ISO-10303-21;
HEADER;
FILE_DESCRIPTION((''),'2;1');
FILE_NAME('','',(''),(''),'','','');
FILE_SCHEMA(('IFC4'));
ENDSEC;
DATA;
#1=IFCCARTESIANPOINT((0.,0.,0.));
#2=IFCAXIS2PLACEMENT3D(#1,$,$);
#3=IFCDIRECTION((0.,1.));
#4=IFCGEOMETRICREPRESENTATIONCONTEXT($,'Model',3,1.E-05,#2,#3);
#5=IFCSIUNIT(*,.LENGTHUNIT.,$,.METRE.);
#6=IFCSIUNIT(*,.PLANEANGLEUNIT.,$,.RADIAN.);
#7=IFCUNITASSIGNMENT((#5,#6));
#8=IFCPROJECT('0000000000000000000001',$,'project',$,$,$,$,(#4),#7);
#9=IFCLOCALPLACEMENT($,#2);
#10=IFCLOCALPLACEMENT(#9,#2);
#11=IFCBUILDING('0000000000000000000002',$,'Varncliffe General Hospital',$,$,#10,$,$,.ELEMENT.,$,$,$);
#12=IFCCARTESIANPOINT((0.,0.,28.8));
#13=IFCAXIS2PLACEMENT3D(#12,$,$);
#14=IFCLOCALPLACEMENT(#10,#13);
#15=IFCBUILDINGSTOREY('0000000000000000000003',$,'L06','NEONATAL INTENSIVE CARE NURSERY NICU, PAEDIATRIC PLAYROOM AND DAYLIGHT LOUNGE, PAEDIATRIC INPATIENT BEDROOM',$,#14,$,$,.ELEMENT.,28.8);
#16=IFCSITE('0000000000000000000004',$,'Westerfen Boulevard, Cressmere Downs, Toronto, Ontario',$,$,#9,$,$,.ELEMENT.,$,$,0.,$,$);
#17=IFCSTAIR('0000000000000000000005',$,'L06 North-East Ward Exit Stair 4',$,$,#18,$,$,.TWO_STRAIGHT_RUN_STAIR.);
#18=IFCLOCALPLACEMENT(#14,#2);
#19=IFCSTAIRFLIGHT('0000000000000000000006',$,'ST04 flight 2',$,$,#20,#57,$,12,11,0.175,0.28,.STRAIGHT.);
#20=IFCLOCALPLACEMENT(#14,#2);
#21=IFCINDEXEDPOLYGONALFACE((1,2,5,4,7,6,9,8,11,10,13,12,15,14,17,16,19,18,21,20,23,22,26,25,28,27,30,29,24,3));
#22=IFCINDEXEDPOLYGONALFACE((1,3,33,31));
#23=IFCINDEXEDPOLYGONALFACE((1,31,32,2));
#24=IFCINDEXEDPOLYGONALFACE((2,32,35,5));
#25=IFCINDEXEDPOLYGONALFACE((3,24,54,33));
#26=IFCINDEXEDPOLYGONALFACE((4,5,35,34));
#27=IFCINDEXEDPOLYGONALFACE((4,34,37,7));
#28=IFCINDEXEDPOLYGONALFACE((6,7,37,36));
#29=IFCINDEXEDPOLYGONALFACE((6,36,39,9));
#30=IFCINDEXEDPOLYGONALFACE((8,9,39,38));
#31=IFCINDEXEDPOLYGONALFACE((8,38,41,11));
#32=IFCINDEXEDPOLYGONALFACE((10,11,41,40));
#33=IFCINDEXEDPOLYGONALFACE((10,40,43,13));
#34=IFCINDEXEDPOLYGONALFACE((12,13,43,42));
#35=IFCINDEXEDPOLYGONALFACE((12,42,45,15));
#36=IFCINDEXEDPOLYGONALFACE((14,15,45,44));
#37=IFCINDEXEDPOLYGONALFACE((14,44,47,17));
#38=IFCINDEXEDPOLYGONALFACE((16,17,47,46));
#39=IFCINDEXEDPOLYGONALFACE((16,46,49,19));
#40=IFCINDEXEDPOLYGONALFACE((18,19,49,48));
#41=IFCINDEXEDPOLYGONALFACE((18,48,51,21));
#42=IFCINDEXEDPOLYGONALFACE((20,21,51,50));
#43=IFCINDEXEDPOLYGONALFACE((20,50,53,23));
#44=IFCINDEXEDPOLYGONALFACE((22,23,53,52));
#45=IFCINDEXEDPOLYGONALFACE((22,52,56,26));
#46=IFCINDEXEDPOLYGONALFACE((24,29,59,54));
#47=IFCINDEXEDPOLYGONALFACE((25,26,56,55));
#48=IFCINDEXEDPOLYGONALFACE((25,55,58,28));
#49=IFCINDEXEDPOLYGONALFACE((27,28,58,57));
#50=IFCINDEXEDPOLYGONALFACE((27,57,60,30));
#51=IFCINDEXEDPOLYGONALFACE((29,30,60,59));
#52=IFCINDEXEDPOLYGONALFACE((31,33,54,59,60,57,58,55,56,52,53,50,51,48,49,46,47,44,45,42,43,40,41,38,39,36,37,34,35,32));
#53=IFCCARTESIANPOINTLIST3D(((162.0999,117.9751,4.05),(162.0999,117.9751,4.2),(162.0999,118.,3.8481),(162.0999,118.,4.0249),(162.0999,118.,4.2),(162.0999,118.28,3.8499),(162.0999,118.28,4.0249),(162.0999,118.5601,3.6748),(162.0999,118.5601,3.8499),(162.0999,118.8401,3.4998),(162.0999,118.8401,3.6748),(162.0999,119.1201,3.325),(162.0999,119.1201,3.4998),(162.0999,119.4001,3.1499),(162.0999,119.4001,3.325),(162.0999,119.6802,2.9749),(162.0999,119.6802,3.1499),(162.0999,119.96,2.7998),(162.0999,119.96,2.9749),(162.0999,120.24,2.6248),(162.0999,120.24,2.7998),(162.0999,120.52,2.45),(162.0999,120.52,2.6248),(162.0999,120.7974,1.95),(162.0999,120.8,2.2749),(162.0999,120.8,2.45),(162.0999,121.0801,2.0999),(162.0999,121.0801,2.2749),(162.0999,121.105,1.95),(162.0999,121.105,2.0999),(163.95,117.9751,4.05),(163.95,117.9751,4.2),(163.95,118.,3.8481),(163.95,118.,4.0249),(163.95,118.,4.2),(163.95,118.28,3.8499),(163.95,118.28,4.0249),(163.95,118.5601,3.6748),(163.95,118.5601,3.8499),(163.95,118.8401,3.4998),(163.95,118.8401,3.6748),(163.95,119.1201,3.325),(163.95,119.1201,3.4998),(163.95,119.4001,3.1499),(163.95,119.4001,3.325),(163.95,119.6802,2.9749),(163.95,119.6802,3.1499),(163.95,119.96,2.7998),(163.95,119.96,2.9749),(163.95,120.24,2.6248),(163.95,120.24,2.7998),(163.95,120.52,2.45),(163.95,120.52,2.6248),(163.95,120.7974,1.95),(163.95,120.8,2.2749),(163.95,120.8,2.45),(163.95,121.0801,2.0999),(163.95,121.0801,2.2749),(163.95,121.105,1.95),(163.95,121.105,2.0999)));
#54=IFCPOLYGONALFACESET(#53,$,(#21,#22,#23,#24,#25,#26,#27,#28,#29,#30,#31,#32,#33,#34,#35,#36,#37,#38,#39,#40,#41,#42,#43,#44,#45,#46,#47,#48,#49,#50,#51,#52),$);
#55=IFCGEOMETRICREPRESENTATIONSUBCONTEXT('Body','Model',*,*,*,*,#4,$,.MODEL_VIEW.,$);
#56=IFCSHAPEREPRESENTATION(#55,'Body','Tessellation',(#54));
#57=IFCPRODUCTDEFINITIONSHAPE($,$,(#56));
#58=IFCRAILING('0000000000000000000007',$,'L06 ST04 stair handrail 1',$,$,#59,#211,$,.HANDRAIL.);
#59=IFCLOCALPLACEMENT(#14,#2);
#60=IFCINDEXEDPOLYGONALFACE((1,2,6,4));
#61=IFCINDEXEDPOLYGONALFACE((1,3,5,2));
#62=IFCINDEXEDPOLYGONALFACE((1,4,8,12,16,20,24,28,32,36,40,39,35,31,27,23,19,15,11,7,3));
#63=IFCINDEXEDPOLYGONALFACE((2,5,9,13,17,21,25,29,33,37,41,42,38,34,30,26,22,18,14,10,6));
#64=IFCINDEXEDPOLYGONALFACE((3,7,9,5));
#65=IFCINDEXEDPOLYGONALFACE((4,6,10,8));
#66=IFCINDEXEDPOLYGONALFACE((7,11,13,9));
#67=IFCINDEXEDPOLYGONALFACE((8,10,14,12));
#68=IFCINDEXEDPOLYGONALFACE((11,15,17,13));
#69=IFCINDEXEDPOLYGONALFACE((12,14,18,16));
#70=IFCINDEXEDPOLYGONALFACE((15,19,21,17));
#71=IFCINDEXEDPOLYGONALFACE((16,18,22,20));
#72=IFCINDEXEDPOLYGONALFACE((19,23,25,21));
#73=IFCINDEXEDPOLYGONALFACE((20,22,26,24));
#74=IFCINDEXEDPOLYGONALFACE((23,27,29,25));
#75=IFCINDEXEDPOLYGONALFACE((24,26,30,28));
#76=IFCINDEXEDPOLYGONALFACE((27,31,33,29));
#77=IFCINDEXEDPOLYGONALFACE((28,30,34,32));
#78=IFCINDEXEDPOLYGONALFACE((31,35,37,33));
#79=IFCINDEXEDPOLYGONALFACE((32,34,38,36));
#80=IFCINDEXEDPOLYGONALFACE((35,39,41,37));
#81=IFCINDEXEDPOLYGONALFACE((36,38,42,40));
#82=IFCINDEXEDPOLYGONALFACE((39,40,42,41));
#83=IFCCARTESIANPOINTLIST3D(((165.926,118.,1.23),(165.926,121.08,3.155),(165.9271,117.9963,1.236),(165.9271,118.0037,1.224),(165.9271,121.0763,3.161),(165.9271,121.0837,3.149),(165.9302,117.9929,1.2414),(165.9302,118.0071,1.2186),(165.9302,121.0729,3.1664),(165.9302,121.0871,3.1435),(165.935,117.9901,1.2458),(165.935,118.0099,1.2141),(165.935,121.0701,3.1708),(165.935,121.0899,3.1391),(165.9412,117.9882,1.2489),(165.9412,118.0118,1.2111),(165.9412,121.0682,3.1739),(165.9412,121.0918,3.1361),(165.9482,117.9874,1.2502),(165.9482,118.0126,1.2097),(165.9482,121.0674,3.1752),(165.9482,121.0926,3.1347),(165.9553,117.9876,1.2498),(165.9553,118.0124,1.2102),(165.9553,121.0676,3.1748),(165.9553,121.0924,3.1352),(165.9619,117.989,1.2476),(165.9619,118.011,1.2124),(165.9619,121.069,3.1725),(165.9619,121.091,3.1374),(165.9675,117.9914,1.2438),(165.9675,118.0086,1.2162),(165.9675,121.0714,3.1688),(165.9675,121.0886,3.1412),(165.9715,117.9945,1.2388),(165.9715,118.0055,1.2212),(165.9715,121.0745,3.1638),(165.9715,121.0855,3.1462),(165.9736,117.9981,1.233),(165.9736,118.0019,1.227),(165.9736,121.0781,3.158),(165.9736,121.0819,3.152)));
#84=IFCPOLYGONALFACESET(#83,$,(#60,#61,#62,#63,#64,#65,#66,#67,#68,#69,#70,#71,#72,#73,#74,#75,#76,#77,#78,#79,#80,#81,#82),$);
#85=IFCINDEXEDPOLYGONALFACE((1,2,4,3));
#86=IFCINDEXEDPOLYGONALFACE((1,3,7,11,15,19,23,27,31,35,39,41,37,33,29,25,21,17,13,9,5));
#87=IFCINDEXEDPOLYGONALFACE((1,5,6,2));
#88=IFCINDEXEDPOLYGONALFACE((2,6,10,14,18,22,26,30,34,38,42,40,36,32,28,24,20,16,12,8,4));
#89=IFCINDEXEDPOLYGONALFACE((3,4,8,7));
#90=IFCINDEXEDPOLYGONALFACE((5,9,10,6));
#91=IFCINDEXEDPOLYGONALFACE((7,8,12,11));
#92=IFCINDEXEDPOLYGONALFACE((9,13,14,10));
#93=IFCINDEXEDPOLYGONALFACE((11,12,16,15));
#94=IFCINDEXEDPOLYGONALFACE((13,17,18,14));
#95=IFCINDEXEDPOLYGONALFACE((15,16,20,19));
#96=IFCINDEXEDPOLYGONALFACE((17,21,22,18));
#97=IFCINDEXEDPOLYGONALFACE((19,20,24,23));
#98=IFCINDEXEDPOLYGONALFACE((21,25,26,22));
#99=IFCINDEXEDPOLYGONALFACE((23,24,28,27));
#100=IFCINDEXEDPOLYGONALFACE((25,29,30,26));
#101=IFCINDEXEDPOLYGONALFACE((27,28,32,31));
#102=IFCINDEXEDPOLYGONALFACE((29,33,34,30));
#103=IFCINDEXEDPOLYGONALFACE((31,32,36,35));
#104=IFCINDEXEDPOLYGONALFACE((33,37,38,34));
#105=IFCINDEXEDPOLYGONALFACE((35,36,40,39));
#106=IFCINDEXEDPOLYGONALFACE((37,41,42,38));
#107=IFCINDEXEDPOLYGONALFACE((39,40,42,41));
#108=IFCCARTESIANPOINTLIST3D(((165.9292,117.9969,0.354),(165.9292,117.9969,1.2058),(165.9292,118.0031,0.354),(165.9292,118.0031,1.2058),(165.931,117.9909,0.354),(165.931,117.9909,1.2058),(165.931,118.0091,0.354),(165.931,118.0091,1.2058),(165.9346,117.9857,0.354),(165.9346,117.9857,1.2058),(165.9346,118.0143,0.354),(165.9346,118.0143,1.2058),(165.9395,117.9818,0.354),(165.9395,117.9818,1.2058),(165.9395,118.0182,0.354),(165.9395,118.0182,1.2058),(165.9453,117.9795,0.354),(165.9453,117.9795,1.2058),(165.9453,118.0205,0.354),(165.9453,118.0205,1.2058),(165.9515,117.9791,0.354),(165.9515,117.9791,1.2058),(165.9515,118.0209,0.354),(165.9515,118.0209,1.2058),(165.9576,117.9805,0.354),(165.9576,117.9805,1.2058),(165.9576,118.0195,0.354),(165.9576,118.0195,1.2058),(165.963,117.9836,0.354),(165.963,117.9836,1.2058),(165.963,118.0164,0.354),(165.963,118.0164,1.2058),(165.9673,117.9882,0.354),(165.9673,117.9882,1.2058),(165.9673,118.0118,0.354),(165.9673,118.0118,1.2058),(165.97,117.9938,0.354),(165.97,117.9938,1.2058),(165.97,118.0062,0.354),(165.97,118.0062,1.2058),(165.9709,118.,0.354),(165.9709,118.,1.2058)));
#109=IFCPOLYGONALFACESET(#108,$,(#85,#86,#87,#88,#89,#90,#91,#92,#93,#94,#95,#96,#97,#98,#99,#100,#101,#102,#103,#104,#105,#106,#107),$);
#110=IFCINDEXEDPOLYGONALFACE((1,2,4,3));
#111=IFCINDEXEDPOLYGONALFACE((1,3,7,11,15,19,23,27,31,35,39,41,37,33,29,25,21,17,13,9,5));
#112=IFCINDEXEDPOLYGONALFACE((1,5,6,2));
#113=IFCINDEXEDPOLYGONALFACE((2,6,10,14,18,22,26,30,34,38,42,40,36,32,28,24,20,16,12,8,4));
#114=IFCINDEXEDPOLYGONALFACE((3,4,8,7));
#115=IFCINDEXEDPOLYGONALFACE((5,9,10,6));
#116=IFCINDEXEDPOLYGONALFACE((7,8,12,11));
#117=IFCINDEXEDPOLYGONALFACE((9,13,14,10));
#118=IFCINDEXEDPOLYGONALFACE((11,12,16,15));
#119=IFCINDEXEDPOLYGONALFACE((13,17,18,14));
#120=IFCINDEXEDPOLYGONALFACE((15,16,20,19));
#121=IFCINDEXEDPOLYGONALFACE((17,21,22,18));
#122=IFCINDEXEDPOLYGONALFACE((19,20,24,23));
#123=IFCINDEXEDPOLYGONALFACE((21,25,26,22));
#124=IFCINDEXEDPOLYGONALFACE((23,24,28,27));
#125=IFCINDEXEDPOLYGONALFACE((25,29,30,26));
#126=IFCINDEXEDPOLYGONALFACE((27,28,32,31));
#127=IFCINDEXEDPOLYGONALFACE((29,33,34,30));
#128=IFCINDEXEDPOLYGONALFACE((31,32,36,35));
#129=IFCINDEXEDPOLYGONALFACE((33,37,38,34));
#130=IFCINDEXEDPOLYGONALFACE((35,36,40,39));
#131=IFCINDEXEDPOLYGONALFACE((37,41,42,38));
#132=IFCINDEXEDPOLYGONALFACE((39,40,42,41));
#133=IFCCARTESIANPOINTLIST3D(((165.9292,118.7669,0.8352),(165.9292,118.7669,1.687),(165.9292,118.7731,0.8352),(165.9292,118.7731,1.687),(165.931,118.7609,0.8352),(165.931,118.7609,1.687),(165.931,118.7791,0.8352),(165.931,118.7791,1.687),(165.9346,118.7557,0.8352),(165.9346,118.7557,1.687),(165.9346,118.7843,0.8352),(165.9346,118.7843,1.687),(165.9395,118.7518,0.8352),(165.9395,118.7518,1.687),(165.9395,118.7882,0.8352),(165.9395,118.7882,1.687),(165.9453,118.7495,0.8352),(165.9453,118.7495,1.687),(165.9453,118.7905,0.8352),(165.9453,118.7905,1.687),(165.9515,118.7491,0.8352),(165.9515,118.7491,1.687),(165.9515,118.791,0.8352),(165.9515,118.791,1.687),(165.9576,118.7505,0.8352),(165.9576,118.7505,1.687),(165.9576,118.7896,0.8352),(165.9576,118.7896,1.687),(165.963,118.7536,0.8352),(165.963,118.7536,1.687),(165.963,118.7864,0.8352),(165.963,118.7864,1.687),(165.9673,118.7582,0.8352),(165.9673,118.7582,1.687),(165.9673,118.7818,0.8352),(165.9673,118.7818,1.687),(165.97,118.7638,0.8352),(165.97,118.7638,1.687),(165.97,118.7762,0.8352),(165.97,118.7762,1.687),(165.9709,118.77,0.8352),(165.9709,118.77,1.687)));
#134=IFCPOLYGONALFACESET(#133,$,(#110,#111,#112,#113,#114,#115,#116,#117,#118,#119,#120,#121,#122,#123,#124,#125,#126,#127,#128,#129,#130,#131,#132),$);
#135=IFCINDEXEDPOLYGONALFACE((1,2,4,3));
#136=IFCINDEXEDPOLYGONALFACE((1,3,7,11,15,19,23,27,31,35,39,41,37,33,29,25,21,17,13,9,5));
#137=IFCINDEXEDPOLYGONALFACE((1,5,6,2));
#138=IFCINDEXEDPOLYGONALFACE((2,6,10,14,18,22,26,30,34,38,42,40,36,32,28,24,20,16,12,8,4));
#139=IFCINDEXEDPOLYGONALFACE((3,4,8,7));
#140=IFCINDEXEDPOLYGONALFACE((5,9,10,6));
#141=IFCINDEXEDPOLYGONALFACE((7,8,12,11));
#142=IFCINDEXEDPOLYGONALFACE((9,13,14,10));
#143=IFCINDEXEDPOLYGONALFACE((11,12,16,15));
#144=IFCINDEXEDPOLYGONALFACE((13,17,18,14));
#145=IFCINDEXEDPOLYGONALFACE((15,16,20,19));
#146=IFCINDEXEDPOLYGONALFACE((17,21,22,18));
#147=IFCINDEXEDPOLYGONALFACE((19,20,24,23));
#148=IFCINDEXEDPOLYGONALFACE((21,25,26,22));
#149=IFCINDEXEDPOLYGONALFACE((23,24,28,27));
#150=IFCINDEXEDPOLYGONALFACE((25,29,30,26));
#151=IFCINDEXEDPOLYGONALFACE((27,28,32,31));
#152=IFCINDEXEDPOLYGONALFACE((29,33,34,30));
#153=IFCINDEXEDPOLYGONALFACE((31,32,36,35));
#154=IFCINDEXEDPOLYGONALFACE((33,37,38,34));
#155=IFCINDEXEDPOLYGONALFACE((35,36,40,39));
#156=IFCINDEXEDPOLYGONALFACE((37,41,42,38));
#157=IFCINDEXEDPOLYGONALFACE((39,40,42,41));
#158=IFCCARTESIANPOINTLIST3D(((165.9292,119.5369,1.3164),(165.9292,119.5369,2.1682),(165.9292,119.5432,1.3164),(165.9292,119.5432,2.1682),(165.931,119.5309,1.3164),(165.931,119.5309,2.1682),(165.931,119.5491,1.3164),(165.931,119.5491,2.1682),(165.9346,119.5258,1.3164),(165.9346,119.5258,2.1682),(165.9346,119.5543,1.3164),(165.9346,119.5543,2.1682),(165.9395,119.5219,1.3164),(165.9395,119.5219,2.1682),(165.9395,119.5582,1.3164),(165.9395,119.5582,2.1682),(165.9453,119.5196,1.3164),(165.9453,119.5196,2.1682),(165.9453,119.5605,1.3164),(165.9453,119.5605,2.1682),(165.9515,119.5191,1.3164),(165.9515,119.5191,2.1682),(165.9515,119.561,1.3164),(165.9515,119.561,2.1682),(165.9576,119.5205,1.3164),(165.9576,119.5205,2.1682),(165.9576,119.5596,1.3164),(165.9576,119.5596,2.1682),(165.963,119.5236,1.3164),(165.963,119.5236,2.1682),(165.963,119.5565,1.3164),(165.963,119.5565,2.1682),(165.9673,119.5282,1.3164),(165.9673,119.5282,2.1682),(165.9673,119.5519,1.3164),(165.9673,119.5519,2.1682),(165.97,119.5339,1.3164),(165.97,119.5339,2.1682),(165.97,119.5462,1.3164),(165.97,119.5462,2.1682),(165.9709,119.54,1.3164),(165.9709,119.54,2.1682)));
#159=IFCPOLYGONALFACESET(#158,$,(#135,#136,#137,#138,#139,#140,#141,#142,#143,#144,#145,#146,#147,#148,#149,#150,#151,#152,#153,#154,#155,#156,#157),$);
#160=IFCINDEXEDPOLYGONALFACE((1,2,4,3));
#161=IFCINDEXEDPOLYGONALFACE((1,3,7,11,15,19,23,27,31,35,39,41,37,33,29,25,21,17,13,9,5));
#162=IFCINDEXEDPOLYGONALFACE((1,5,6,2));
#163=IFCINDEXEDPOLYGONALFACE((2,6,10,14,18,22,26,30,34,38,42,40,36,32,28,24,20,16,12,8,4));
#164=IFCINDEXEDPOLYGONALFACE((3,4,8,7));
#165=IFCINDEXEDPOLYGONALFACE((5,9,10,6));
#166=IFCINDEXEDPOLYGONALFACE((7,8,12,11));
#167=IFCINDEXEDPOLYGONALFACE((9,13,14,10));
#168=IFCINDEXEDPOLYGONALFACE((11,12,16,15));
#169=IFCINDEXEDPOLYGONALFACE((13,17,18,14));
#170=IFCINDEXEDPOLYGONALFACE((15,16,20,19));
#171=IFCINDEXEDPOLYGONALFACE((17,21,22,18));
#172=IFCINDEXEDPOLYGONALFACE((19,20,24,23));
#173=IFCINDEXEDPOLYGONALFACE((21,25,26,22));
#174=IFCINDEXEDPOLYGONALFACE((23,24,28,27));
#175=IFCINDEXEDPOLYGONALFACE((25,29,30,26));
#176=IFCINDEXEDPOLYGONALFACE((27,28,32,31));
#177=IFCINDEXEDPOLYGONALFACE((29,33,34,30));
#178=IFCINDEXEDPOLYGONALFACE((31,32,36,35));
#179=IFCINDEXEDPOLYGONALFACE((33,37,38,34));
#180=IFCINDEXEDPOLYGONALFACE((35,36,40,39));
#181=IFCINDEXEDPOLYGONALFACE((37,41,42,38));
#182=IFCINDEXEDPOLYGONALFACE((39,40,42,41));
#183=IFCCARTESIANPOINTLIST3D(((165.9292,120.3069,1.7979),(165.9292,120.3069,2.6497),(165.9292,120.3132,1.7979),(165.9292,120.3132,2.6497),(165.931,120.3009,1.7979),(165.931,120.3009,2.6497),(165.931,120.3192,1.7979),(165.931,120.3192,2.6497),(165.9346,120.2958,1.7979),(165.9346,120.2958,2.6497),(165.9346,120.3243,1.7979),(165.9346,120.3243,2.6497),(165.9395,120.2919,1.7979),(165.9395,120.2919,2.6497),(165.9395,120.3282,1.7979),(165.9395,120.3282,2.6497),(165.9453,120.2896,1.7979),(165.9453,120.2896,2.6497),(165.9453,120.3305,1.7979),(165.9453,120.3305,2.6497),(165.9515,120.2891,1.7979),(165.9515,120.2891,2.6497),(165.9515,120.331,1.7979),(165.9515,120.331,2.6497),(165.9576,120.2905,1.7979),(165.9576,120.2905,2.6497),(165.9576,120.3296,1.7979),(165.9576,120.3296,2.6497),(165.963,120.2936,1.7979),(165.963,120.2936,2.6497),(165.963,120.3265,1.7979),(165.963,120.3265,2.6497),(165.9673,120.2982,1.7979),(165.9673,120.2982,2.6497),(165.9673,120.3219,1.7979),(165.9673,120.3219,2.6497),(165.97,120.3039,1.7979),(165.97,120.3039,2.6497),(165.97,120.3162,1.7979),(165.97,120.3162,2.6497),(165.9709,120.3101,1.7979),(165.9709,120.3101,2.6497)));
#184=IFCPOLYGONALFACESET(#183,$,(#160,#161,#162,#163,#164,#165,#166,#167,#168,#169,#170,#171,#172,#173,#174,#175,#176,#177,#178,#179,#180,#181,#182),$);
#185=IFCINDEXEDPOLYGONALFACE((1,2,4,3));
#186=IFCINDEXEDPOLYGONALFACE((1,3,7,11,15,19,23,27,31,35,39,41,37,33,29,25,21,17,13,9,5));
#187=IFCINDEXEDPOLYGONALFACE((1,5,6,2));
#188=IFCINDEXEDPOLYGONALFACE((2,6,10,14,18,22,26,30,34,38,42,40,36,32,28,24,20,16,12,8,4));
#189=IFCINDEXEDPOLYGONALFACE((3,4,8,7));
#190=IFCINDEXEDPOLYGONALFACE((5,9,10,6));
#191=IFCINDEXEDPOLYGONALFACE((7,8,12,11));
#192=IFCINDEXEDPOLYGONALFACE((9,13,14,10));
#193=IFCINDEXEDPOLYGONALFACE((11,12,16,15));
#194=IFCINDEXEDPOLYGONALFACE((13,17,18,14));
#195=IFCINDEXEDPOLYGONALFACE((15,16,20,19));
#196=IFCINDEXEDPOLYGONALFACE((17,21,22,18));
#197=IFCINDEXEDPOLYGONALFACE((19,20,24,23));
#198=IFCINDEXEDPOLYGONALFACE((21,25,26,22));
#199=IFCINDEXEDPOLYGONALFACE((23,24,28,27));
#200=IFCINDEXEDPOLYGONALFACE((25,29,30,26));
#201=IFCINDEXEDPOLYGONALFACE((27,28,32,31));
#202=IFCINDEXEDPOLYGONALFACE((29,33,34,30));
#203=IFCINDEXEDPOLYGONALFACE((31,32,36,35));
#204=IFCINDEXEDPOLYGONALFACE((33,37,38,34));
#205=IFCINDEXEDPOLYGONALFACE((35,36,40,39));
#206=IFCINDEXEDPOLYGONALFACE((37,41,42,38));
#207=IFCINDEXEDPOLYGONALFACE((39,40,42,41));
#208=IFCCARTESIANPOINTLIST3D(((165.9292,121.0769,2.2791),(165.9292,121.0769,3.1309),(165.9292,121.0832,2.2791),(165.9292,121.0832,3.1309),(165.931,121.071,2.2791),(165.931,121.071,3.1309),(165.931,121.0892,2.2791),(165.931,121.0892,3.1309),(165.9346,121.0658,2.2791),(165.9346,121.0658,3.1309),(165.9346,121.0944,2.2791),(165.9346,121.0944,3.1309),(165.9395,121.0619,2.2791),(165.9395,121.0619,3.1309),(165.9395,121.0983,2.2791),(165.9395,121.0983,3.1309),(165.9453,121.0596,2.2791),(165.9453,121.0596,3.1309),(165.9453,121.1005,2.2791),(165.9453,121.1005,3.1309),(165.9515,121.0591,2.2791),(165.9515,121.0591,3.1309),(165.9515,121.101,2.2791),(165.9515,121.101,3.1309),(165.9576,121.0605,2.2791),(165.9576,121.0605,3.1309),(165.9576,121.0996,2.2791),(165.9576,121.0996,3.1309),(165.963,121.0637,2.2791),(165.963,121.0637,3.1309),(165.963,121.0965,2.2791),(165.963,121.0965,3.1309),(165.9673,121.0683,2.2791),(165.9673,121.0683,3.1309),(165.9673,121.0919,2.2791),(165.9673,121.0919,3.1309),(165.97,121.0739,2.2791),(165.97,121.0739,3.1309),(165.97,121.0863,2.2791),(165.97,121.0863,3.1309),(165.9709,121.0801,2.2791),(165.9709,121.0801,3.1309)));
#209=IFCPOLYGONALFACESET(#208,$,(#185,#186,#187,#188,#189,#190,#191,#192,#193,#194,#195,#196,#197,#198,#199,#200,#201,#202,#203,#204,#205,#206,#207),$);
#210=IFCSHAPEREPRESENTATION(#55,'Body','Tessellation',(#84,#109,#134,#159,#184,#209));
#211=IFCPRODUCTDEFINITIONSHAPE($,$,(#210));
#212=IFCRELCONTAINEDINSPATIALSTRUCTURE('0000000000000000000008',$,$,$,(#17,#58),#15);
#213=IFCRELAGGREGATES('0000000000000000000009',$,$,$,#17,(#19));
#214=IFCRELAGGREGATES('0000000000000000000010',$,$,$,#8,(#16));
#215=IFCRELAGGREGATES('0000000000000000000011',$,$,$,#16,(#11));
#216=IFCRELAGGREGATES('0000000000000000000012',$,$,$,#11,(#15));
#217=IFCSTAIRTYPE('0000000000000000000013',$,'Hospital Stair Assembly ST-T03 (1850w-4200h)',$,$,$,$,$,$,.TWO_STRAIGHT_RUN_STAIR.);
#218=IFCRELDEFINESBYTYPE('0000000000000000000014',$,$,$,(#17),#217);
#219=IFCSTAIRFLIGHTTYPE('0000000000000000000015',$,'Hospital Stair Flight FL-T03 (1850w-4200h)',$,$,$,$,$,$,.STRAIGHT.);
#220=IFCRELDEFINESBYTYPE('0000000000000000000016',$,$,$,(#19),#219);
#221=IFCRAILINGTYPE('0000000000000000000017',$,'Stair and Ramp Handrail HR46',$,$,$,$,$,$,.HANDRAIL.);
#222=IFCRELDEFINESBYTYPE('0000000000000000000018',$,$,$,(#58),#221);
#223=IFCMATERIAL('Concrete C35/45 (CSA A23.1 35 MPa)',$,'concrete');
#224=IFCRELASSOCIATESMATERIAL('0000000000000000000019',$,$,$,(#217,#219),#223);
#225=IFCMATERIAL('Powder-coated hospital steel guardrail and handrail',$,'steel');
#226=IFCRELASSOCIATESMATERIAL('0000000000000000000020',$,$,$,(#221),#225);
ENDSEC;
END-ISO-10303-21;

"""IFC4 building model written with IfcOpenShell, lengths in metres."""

from ifc_helpers import new_model, si_unit, direction, frame, origin, origin_2d, place, context, subcontext, project, spatial, polyline, circle, outline, extrude, material, type_object, element, aggregate, save


model = new_model("IFC4")

# Units and contexts
model_context = context("Model", 3, precision=1e-05, world=origin(), true_north=direction((0.0, 1.0)))
body_context = subcontext(model_context, "Body", "Model", "MODEL_VIEW")
ifc_project = project(units=[si_unit("LENGTHUNIT", "METRE"), si_unit("PLANEANGLEUNIT", "RADIAN")], contexts=[model_context])

# Site, building, storey
site_placement = place(None, origin())
site = spatial("IfcSite", under=ifc_project, at=site_placement, Name="Westerfen Boulevard, Cressmere Downs, Toronto, Ontario", CompositionType="ELEMENT", RefElevation=0.0)
building_placement = place(site_placement, origin())
building = spatial("IfcBuilding", under=site, at=building_placement, Name="Varncliffe General Hospital", CompositionType="ELEMENT")
storey_placement = place(building_placement, frame((0.0, 0.0, 28.8)))
storey = spatial("IfcBuildingStorey", under=building, at=storey_placement, Name="L06", Description="NEONATAL INTENSIVE CARE NURSERY NICU, PAEDIATRIC PLAYROOM AND DAYLIGHT LOUNGE, PAEDIATRIC INPATIENT BEDROOM", CompositionType="ELEMENT", Elevation=28.8)

# Shared definitions
ifc_material_1 = material(Name="Concrete C35/45 (CSA A23.1 35 MPa)", Category="concrete")

# Stair, stair flight
stair_type = type_object("IfcStairType", Name="Hospital Stair Assembly ST-T03 (1850w-4200h)", PredefinedType="TWO_STRAIGHT_RUN_STAIR", material=ifc_material_1)
stair_placement = place(storey_placement, origin())
stair = element("IfcStair", 1, at=stair_placement, inside=storey, type_object=stair_type, Name="L06 North-East Ward Exit Stair 4", PredefinedType="TWO_STRAIGHT_RUN_STAIR")
stair_flight_type = type_object("IfcStairFlightType", Name="Hospital Stair Flight FL-T03 (1850w-4200h)", PredefinedType="STRAIGHT", material=ifc_material_1)
stair_flight_1_placement = place(storey_placement, frame((163.0249, 121.0801, 2.0999), z_axis=(0.0, 0.0, 1.0), x_axis=(0.0, -1.0, 0.0)))
stair_flight_1 = element("IfcStairFlight", 2, at=stair_flight_1_placement, type_object=stair_flight_type, Name="ST04 flight 2", NumberOfRisers=12, NumberOfTreads=11, PredefinedType="STRAIGHT", RiserHeight=0.175, TreadLength=0.28, context=body_context, shape_type="SweptSolid", body=[
    extrude(outline(polyline([(-0.0249, -0.1499), (-0.0249, 0.0), (0.0, 0.0), (0.0, 0.175), (0.28, 0.175), (0.28, 0.3501), (0.5601, 0.3501), (0.5601, 0.5249), (0.8401, 0.5249), (0.8401, 0.7), (1.1201, 0.7), (1.1201, 0.875), (1.3999, 0.875), (1.3999, 1.05), (1.6799, 1.05), (1.6799, 1.2251), (1.96, 1.2251), (1.96, 1.3999), (2.24, 1.3999), (2.24, 1.575), (2.52, 1.575), (2.52, 1.75), (2.8, 1.75), (2.8, 1.925), (3.0801, 1.925), (3.0801, 2.1001), (3.105, 2.1001), (3.105, 1.9502), (3.0801, 1.7483), (0.2827, -0.1499), (-0.0249, -0.1499)])), frame((0.0, 0.925, 0.0), z_axis=(0.0, -1.0, 0.0), x_axis=(1.0, 0.0, 0.0)), (0.0, 0.0, 1.0), 1.8501),
])
aggregate(stair, [stair_flight_1])

# Railing
ifc_material_2 = material(Name="Powder-coated hospital steel guardrail and handrail", Category="steel")
railing_type_1 = type_object("IfcRailingType", Name="Stair and Ramp Handrail HR46", PredefinedType="HANDRAIL", material=ifc_material_2)
railing_1_placement = place(storey_placement, frame((165.95, 118.0, 0.354)))
element("IfcRailing", 3, at=railing_1_placement, inside=storey, type_object=railing_type_1, Name="L06 ST04 stair handrail 1", PredefinedType="HANDRAIL", context=body_context, shape_type="SweptSolid", body=[
    extrude(circle(Radius=0.0239, at=origin_2d()), frame((0.0, 0.0, 0.876), z_axis=(0.0, 0.847998, 0.529999), x_axis=(-1.0, 0.0, 0.0)), (0.0, 0.0, 1.0), 3.6321),
    extrude(circle(Radius=0.021, at=origin_2d()), origin(), (0.0, 0.0, 1.0), 0.8518),
    extrude(circle(Radius=0.021, at=origin_2d()), frame((0.0, 0.77, 0.4812)), (0.0, 0.0, 1.0), 0.8518),
    extrude(circle(Radius=0.021, at=origin_2d()), frame((0.0, 1.54, 0.9624)), (0.0, 0.0, 1.0), 0.8518),
    extrude(circle(Radius=0.021, at=origin_2d()), frame((0.0, 2.3101, 1.4438)), (0.0, 0.0, 1.0), 0.8518),
    extrude(circle(Radius=0.021, at=origin_2d()), frame((0.0, 3.0801, 1.925)), (0.0, 0.0, 1.0), 0.8518),
])

save(model, "model.ifc")
